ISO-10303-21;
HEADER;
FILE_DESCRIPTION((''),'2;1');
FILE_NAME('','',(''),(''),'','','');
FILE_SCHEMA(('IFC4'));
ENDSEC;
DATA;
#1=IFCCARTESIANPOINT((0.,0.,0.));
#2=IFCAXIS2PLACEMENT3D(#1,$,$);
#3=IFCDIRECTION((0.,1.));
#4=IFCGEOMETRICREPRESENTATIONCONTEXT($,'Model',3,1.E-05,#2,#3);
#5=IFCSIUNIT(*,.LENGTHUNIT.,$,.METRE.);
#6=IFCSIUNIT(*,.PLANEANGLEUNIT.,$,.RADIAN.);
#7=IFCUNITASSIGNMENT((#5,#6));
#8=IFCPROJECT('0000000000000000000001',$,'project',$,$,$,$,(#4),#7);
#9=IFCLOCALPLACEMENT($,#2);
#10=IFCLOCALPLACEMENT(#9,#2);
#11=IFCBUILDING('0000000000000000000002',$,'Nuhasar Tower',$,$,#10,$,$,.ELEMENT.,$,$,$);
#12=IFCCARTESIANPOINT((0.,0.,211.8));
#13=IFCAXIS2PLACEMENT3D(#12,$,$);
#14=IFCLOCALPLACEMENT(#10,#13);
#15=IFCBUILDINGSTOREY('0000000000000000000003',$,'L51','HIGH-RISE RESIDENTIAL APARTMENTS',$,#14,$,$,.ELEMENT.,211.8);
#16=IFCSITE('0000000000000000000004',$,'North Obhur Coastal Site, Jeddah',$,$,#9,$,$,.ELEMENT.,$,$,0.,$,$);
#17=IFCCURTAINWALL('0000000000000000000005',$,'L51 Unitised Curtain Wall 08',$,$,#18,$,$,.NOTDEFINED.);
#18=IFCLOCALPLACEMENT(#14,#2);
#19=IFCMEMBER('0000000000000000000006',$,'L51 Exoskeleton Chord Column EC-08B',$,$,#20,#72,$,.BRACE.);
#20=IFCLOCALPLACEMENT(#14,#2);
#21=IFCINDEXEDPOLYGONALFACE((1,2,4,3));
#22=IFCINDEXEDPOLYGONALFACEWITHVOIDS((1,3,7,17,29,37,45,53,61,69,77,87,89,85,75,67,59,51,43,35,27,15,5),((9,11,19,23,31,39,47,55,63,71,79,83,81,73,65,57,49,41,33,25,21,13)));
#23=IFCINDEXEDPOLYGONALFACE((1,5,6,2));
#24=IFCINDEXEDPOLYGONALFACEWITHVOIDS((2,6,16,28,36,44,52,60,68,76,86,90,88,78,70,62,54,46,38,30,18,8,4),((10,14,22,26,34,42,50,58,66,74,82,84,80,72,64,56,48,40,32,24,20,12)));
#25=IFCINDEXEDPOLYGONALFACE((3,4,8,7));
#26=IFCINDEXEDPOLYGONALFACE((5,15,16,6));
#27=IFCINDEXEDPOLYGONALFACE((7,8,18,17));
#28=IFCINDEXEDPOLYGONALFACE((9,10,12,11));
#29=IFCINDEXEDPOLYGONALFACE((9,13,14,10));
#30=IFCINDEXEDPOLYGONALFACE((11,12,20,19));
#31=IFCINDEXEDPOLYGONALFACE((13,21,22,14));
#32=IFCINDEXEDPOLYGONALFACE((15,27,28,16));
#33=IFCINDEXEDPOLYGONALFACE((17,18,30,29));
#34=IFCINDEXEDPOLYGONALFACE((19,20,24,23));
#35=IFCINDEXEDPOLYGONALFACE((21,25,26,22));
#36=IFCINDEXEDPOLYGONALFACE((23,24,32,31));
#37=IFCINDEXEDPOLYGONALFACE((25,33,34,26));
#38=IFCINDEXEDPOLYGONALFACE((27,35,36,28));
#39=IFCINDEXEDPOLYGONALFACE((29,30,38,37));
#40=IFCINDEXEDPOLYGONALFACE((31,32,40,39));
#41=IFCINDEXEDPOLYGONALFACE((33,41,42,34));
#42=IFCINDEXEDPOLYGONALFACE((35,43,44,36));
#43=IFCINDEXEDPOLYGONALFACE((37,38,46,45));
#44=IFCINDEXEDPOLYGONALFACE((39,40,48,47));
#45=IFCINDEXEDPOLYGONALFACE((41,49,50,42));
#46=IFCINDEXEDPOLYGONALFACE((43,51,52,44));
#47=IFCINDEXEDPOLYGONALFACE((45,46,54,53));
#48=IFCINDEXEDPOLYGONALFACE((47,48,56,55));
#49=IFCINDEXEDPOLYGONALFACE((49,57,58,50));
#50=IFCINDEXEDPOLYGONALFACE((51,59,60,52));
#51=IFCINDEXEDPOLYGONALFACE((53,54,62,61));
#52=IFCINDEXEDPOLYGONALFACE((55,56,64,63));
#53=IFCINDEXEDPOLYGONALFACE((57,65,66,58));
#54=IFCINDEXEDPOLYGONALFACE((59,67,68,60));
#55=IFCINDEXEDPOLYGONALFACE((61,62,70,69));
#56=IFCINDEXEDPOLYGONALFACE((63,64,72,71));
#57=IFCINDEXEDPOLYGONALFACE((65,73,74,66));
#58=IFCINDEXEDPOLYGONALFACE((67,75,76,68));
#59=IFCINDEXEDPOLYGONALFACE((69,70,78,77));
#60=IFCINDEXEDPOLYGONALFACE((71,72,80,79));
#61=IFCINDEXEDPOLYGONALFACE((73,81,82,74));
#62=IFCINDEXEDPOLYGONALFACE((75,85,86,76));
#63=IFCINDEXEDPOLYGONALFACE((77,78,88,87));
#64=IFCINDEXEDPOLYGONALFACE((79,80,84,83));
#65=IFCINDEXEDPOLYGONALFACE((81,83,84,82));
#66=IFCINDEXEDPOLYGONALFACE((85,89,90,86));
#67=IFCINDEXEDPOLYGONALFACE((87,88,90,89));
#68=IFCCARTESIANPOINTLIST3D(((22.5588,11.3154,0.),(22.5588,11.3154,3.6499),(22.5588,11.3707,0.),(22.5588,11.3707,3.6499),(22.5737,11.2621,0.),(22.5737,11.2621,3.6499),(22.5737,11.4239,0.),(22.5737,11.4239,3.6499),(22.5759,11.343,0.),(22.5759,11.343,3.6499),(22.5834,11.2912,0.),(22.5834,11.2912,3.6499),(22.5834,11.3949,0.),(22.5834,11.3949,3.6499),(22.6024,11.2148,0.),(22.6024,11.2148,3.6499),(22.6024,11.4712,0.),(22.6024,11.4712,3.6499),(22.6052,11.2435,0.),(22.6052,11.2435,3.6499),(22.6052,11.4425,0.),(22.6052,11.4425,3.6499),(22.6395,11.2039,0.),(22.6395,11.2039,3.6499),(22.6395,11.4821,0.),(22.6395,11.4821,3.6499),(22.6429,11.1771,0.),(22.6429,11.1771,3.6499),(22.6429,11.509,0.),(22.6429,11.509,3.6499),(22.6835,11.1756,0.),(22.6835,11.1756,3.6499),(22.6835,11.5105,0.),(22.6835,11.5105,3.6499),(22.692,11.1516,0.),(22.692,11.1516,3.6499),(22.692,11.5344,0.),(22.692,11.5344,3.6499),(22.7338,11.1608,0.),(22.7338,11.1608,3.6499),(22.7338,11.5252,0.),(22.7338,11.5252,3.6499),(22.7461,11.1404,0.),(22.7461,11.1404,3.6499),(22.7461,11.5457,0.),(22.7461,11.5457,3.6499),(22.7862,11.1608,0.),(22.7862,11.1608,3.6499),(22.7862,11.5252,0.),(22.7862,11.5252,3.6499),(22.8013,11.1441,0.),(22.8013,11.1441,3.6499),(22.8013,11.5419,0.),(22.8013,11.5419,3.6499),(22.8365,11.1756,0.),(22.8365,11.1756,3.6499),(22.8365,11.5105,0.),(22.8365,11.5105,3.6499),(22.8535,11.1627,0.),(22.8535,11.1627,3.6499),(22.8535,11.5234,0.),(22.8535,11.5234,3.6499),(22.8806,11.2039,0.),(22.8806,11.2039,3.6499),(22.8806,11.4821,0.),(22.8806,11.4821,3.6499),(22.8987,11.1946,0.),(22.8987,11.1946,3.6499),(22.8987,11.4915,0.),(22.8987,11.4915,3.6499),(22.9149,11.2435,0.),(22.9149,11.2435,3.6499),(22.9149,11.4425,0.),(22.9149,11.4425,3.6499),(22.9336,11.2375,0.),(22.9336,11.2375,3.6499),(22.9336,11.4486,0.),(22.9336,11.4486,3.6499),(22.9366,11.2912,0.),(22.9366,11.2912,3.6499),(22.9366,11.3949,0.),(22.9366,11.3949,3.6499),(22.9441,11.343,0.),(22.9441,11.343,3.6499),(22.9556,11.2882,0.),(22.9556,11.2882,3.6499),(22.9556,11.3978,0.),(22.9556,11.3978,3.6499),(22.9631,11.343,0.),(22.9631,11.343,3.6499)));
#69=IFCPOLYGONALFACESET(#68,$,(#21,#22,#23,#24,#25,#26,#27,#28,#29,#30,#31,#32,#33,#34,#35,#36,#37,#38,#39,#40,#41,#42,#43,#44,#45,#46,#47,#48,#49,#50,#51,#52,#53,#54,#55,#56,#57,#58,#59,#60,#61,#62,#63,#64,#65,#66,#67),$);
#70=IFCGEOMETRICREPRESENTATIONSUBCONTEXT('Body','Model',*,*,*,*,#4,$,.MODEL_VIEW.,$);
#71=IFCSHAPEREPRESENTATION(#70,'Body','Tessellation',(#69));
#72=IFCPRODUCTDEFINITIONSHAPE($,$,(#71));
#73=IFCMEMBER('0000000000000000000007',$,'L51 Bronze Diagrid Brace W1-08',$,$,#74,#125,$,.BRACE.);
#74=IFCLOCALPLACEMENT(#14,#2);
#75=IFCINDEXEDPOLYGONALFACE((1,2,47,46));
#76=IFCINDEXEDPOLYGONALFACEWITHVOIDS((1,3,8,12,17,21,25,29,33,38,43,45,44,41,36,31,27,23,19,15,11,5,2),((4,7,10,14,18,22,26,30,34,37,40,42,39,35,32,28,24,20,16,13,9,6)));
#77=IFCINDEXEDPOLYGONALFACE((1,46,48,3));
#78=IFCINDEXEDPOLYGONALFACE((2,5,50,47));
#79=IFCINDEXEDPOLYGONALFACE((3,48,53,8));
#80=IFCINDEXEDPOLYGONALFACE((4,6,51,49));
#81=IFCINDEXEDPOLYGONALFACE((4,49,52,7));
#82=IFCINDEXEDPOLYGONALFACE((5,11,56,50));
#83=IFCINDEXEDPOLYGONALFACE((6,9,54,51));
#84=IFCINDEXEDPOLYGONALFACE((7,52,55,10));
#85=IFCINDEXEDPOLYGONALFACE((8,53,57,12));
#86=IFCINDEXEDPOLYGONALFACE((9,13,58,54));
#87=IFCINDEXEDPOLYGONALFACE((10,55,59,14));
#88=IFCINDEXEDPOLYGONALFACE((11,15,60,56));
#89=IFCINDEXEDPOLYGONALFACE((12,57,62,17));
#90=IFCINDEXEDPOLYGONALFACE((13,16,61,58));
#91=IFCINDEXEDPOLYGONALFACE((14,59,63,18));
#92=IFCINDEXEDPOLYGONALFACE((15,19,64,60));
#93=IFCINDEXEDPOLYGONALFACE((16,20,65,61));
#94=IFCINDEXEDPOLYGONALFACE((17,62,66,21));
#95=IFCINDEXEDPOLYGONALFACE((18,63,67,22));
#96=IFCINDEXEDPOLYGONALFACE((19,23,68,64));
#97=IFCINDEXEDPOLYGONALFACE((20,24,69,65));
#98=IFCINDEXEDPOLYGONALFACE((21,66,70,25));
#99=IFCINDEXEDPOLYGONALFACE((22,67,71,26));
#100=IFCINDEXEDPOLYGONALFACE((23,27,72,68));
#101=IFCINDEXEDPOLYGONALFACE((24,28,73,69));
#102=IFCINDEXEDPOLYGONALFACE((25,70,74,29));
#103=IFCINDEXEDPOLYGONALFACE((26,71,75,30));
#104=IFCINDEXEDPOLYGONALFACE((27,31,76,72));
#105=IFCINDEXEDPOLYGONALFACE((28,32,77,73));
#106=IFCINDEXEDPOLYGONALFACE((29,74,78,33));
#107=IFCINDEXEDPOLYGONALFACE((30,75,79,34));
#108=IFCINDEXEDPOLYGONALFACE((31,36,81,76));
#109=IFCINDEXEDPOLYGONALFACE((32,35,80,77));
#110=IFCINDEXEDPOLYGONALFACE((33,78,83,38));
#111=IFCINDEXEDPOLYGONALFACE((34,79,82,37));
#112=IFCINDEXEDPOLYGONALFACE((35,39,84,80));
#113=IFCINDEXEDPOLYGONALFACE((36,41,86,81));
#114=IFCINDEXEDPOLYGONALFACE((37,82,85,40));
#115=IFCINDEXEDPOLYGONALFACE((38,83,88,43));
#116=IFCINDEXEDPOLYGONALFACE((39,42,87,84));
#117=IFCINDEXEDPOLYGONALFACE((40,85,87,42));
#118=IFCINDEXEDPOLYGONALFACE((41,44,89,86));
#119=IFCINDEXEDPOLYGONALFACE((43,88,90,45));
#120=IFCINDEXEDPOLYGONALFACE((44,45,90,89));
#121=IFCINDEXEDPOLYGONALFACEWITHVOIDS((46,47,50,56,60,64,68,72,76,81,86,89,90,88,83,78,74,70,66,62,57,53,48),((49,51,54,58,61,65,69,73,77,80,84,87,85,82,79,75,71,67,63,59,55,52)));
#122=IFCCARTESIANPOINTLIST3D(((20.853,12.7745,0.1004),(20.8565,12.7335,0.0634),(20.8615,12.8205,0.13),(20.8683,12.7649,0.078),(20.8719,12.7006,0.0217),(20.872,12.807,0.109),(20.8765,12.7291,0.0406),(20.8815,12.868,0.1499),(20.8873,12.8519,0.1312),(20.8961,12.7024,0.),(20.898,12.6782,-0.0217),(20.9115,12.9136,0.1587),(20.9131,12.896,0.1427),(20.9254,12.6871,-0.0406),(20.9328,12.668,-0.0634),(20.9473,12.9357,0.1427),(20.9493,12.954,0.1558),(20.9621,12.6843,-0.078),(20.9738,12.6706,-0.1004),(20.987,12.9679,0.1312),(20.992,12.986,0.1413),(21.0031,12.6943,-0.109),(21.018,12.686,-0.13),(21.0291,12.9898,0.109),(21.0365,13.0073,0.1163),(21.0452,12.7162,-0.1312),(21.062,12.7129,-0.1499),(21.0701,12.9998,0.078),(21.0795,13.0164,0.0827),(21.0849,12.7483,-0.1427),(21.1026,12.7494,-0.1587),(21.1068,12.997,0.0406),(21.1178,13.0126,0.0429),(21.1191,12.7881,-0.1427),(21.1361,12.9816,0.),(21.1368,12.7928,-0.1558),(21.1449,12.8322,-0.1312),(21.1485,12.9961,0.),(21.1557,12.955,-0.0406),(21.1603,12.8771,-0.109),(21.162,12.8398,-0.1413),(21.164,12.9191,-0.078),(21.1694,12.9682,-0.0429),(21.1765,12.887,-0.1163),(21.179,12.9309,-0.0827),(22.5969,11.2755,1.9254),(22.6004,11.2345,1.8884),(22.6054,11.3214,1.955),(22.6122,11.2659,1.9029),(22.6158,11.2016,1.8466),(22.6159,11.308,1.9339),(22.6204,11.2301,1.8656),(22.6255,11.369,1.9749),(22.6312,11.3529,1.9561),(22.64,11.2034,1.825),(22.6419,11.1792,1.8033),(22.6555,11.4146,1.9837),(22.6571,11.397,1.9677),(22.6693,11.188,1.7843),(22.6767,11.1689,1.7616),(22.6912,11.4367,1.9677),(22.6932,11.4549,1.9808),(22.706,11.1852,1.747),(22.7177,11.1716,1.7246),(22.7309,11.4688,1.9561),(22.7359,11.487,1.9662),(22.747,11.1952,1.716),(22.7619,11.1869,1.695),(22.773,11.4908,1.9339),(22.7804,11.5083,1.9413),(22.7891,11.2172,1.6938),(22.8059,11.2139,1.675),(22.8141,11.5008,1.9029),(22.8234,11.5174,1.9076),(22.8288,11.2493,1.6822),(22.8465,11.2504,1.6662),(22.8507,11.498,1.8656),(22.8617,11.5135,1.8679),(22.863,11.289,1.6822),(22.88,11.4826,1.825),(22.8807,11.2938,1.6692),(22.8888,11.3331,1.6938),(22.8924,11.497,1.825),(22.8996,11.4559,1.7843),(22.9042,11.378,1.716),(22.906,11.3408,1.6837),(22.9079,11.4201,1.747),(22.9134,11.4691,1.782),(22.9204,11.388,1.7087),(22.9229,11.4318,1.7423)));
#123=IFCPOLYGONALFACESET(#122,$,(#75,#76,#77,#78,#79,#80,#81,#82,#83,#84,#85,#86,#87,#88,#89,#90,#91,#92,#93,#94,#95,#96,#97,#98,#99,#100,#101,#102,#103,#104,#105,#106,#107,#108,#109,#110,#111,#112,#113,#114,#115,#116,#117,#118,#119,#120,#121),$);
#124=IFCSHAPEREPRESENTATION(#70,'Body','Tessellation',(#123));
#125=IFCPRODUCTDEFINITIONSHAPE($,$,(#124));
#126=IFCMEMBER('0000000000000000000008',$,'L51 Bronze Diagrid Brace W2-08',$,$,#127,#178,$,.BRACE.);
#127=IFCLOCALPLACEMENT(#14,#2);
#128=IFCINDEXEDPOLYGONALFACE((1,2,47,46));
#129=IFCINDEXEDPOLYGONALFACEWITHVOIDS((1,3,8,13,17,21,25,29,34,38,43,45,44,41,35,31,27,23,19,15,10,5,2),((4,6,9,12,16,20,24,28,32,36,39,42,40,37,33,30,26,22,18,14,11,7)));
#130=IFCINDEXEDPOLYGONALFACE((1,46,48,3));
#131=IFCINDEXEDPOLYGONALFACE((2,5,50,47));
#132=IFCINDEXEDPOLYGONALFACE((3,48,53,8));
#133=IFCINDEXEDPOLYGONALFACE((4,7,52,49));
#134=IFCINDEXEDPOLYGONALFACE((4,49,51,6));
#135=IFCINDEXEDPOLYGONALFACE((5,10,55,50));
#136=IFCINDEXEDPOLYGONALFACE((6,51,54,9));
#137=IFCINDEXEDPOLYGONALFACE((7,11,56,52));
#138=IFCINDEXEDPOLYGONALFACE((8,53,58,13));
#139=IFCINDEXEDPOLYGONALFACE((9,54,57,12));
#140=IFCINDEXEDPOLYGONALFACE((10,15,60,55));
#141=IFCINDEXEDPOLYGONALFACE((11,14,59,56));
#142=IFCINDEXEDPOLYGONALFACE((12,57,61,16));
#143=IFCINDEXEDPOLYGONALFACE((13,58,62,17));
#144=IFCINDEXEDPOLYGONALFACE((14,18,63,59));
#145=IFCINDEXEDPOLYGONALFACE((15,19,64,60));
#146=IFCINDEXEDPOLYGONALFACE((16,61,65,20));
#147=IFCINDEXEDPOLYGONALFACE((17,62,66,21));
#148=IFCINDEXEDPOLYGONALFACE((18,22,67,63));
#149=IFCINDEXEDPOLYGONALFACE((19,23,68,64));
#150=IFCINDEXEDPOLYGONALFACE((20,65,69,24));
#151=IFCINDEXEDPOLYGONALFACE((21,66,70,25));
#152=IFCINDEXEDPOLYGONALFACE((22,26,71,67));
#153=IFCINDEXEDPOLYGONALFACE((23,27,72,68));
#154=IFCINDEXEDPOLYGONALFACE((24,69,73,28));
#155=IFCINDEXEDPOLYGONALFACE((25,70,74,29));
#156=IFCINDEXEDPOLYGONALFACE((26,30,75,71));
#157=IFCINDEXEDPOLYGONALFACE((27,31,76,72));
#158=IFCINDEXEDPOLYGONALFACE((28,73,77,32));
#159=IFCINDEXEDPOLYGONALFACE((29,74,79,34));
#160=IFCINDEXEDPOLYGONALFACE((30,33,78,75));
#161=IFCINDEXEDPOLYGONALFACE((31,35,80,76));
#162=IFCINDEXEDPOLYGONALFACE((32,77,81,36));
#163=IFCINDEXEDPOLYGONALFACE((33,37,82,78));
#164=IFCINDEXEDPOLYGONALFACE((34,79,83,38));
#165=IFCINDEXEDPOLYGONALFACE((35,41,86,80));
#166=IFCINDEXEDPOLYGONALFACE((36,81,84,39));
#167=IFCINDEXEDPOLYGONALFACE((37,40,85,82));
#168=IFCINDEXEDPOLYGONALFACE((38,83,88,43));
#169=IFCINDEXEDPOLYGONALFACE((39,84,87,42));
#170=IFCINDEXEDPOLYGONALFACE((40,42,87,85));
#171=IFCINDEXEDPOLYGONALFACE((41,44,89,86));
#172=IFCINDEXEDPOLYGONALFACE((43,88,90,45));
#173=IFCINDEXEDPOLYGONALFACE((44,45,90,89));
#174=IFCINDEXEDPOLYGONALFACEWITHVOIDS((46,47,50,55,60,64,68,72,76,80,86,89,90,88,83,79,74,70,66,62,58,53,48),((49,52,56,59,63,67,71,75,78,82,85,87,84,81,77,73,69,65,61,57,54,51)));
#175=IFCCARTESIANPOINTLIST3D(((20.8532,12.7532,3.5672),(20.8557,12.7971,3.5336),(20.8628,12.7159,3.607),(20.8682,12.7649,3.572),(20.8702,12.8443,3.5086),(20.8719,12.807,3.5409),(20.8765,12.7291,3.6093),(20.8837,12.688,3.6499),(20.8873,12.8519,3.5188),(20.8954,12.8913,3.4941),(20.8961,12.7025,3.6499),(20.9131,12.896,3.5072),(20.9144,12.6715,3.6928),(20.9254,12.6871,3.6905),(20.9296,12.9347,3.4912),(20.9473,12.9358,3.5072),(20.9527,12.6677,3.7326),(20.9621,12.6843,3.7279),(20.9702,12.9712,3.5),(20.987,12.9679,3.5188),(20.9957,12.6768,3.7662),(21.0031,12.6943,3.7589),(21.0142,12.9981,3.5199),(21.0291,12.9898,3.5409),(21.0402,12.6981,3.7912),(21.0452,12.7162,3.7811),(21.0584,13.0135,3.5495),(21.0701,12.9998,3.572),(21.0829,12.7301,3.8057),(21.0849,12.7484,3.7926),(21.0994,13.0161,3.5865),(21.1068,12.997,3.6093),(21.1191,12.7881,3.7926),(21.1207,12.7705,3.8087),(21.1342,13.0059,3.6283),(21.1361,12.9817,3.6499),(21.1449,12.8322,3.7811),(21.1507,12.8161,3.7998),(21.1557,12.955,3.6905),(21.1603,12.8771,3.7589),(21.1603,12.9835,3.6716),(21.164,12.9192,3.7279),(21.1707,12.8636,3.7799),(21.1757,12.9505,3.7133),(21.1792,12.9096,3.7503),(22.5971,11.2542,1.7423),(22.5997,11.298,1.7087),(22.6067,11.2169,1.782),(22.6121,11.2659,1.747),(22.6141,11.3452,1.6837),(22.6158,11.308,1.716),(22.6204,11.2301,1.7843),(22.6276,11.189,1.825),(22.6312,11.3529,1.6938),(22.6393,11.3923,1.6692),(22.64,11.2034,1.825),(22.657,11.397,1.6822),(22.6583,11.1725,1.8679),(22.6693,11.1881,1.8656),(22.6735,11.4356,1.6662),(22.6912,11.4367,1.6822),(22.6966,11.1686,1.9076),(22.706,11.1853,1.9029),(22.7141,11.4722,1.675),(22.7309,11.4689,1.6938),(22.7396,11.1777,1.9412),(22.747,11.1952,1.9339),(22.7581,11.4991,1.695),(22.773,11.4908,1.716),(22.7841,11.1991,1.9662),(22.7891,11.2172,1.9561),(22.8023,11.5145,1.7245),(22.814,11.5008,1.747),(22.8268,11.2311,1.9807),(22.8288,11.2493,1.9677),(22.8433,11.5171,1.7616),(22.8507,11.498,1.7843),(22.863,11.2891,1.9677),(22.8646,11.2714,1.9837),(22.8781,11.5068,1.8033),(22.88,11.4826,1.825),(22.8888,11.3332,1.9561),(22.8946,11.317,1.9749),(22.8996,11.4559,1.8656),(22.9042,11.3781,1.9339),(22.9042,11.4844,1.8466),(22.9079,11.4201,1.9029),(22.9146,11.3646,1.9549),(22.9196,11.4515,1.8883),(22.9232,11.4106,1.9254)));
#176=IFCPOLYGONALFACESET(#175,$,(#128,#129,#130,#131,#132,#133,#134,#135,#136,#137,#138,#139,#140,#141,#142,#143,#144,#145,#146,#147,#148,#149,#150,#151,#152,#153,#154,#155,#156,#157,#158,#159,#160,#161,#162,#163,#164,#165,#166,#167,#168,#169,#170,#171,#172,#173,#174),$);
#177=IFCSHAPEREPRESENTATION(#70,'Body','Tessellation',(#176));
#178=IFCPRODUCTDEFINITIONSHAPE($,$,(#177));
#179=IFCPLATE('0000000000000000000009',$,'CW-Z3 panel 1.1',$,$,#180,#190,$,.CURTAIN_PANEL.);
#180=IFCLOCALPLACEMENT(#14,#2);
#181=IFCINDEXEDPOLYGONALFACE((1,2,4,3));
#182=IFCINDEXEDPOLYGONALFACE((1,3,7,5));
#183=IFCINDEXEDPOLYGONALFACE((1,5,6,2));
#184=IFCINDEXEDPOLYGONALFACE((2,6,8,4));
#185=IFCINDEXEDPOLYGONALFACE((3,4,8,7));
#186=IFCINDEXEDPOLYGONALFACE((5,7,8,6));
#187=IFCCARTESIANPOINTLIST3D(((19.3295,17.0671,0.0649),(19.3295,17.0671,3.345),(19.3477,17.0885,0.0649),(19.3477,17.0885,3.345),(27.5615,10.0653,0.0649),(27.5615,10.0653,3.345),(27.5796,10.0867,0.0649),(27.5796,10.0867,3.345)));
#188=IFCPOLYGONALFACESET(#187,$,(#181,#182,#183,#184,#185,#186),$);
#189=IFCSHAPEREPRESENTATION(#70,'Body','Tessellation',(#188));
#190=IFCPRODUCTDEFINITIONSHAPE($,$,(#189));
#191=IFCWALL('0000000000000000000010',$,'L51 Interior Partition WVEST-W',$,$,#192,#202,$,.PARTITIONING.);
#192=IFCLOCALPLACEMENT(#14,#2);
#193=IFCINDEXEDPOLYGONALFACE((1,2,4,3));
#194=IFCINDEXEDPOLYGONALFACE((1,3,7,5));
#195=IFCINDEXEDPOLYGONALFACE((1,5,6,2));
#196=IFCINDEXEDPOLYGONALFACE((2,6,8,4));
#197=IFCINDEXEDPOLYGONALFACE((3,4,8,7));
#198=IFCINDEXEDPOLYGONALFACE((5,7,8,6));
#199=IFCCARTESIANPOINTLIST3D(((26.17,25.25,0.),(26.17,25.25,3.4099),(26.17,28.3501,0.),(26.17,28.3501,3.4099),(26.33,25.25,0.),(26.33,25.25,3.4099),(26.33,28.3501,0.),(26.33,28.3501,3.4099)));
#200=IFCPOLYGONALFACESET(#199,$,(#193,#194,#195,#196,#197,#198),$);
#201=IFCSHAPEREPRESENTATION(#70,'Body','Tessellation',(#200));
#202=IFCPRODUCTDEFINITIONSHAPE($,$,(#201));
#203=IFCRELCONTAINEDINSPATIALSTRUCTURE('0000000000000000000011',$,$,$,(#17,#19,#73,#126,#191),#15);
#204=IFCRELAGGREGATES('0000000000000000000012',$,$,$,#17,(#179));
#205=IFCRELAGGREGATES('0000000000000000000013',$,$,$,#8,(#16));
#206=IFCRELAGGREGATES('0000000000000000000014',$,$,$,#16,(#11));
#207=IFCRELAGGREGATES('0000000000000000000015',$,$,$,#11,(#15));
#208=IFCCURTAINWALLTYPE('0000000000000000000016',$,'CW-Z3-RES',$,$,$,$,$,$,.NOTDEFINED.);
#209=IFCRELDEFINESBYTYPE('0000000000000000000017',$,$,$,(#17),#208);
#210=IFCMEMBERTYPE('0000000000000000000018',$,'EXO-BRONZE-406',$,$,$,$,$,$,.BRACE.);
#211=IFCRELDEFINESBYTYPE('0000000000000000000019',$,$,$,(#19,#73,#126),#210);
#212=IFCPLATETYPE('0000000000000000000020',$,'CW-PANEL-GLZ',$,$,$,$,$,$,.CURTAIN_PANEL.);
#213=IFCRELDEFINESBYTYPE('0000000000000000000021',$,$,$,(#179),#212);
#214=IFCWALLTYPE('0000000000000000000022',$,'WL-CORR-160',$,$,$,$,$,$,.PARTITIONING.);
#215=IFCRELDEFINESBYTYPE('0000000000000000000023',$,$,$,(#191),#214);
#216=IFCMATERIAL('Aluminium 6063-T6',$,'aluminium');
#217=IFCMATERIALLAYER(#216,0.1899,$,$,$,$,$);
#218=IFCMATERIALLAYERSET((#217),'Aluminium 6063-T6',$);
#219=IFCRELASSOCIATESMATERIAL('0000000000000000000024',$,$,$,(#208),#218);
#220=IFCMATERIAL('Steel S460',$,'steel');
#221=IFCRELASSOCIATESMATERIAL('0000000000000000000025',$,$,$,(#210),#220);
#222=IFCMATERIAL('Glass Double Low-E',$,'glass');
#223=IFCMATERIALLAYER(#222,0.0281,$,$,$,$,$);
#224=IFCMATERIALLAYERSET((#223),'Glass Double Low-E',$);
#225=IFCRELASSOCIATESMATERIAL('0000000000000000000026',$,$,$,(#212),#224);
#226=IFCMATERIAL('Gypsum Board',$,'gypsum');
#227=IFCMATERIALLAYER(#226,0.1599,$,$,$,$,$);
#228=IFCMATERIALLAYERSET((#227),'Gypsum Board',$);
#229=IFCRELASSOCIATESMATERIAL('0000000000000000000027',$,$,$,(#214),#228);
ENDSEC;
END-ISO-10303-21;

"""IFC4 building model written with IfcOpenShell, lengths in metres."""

from ifc_helpers import new_model, si_unit, direction, frame, frame_2d, origin, origin_2d, place, context, subcontext, project, spatial, rectangle, hollow_circle, extrude, material, layer, layer_set, material_profile, profile_set, type_object, element, aggregate, save


model = new_model("IFC4")

# Units and contexts
model_context = context("Model", 3, precision=1e-05, world=origin(), true_north=direction((0.0, 1.0)))
body_context = subcontext(model_context, "Body", "Model", "MODEL_VIEW")
ifc_project = project(units=[si_unit("LENGTHUNIT", "METRE"), si_unit("PLANEANGLEUNIT", "RADIAN")], contexts=[model_context])

# Site, building, storey
site_placement = place(None, origin())
site = spatial("IfcSite", under=ifc_project, at=site_placement, Name="North Obhur Coastal Site, Jeddah", CompositionType="ELEMENT", RefElevation=0.0)
building_placement = place(site_placement, origin())
building = spatial("IfcBuilding", under=site, at=building_placement, Name="Nuhasar Tower", CompositionType="ELEMENT")
storey_placement = place(building_placement, frame((0.0, 0.0, 211.8)))
storey = spatial("IfcBuildingStorey", under=building, at=storey_placement, Name="L51", Description="HIGH-RISE RESIDENTIAL APARTMENTS", CompositionType="ELEMENT", Elevation=211.8)

# Curtain wall
ifc_material_1 = material(Name="Aluminium 6063-T6", Category="aluminium")
ifc_layer_1 = layer(ifc_material_1, 0.1899)
ifc_layer_set_1 = layer_set([ifc_layer_1], Name="Aluminium 6063-T6")
curtain_wall_type = type_object("IfcCurtainWallType", Name="CW-Z3-RES", PredefinedType="NOTDEFINED", material=ifc_layer_set_1)
curtain_wall_1_placement = place(storey_placement, origin())
curtain_wall_1 = element("IfcCurtainWall", 1, at=curtain_wall_1_placement, inside=storey, type_object=curtain_wall_type, Name="L51 Unitised Curtain Wall 08", PredefinedType="NOTDEFINED")

# Members
ifc_material_2 = material(Name="Steel S460", Category="steel")
ifc_material_profile_1 = material_profile(ifc_material_2, hollow_circle(Radius=0.2031, WallThickness=0.019, at=origin_2d()), Name="HSS406.4X19.1")
ifc_profile_set_1 = profile_set([ifc_material_profile_1], Name="Steel S460")
member_type_1 = type_object("IfcMemberType", Name="EXO-BRONZE-406", PredefinedType="BRACE", material=ifc_profile_set_1)
for number, where, z_axis, x_axis, name in (
    (2, (22.76, 11.343, 0.0), (0.0, 0.0, 1.0), (1.0, 0.0, 0.0), "L51 Exoskeleton Chord Column EC-08B"),
):
    element("IfcMember", number, at=place(storey_placement, frame(where, z_axis=z_axis, x_axis=x_axis)), inside=storey, type_object=member_type_1, Name=name, PredefinedType="BRACE", context=body_context, shape_type="SweptSolid", body=[
        extrude(hollow_circle(Radius=0.2031, WallThickness=0.019, at=origin_2d()), origin(), (0.0, 0.0, 1.0), 3.6499),
    ])
for number, where, z_axis, x_axis, name in (
    (3, (21.0161, 12.842, 0.0), (0.594019, -0.510608, 0.621628), (0.651857, 0.758342, 0.0), "L51 Bronze Diagrid Brace W1-08"),
    (4, (22.76, 11.343, 1.825), (-0.594019, 0.510608, 0.621628), (-0.651857, -0.758342, 0.0), "L51 Bronze Diagrid Brace W2-08"),
):
    element("IfcMember", number, at=place(storey_placement, frame(where, z_axis=z_axis, x_axis=x_axis)), inside=storey, type_object=member_type_1, Name=name, PredefinedType="BRACE", context=body_context, shape_type="SweptSolid", body=[
        extrude(hollow_circle(Radius=0.2031, WallThickness=0.019, at=origin_2d()), origin(), (0.0, 0.0, 1.0), 2.9358),
    ])

# Plate
ifc_material_3 = material(Name="Glass Double Low-E", Category="glass")
ifc_layer_2 = layer(ifc_material_3, 0.0281)
ifc_layer_set_2 = layer_set([ifc_layer_2], Name="Glass Double Low-E")
plate_type = type_object("IfcPlateType", Name="CW-PANEL-GLZ", PredefinedType="CURTAIN_PANEL", material=ifc_layer_set_2)
plate_placement = place(storey_placement, frame((23.4546, 13.5769, 0.0649), z_axis=(0.0, 0.0, 1.0), x_axis=(0.761729, -0.647895, 0.0)))
plate = element("IfcPlate", 5, at=plate_placement, type_object=plate_type, Name="CW-Z3 panel 1.1", PredefinedType="CURTAIN_PANEL", context=body_context, shape_type="SweptSolid", body=[
    extrude(rectangle(XDim=10.8069, YDim=0.0281, at=origin_2d()), origin(), (0.0, 0.0, 1.0), 3.28),
])
aggregate(curtain_wall_1, [plate])

# Shared definitions
ifc_material_4 = material(Name="Gypsum Board", Category="gypsum")
ifc_layer_3 = layer(ifc_material_4, 0.1599)
ifc_layer_set_3 = layer_set([ifc_layer_3], Name="Gypsum Board")
wall_type_1 = type_object("IfcWallType", Name="WL-CORR-160", PredefinedType="PARTITIONING", material=ifc_layer_set_3)

# Wall
wall_1_placement = place(storey_placement, frame((26.25, 25.25, 0.0), z_axis=(0.0, 0.0, 1.0), x_axis=(0.0, 1.0, 0.0)))
element("IfcWall", 6, at=wall_1_placement, inside=storey, type_object=wall_type_1, Name="L51 Interior Partition WVEST-W", PredefinedType="PARTITIONING", context=body_context, shape_type="SweptSolid", body=[
    extrude(rectangle(XDim=3.1001, YDim=0.1599, at=frame_2d((1.55, 0.0))), origin(), (0.0, 0.0, 1.0), 3.4099),
])

save(model, "model.ifc")
